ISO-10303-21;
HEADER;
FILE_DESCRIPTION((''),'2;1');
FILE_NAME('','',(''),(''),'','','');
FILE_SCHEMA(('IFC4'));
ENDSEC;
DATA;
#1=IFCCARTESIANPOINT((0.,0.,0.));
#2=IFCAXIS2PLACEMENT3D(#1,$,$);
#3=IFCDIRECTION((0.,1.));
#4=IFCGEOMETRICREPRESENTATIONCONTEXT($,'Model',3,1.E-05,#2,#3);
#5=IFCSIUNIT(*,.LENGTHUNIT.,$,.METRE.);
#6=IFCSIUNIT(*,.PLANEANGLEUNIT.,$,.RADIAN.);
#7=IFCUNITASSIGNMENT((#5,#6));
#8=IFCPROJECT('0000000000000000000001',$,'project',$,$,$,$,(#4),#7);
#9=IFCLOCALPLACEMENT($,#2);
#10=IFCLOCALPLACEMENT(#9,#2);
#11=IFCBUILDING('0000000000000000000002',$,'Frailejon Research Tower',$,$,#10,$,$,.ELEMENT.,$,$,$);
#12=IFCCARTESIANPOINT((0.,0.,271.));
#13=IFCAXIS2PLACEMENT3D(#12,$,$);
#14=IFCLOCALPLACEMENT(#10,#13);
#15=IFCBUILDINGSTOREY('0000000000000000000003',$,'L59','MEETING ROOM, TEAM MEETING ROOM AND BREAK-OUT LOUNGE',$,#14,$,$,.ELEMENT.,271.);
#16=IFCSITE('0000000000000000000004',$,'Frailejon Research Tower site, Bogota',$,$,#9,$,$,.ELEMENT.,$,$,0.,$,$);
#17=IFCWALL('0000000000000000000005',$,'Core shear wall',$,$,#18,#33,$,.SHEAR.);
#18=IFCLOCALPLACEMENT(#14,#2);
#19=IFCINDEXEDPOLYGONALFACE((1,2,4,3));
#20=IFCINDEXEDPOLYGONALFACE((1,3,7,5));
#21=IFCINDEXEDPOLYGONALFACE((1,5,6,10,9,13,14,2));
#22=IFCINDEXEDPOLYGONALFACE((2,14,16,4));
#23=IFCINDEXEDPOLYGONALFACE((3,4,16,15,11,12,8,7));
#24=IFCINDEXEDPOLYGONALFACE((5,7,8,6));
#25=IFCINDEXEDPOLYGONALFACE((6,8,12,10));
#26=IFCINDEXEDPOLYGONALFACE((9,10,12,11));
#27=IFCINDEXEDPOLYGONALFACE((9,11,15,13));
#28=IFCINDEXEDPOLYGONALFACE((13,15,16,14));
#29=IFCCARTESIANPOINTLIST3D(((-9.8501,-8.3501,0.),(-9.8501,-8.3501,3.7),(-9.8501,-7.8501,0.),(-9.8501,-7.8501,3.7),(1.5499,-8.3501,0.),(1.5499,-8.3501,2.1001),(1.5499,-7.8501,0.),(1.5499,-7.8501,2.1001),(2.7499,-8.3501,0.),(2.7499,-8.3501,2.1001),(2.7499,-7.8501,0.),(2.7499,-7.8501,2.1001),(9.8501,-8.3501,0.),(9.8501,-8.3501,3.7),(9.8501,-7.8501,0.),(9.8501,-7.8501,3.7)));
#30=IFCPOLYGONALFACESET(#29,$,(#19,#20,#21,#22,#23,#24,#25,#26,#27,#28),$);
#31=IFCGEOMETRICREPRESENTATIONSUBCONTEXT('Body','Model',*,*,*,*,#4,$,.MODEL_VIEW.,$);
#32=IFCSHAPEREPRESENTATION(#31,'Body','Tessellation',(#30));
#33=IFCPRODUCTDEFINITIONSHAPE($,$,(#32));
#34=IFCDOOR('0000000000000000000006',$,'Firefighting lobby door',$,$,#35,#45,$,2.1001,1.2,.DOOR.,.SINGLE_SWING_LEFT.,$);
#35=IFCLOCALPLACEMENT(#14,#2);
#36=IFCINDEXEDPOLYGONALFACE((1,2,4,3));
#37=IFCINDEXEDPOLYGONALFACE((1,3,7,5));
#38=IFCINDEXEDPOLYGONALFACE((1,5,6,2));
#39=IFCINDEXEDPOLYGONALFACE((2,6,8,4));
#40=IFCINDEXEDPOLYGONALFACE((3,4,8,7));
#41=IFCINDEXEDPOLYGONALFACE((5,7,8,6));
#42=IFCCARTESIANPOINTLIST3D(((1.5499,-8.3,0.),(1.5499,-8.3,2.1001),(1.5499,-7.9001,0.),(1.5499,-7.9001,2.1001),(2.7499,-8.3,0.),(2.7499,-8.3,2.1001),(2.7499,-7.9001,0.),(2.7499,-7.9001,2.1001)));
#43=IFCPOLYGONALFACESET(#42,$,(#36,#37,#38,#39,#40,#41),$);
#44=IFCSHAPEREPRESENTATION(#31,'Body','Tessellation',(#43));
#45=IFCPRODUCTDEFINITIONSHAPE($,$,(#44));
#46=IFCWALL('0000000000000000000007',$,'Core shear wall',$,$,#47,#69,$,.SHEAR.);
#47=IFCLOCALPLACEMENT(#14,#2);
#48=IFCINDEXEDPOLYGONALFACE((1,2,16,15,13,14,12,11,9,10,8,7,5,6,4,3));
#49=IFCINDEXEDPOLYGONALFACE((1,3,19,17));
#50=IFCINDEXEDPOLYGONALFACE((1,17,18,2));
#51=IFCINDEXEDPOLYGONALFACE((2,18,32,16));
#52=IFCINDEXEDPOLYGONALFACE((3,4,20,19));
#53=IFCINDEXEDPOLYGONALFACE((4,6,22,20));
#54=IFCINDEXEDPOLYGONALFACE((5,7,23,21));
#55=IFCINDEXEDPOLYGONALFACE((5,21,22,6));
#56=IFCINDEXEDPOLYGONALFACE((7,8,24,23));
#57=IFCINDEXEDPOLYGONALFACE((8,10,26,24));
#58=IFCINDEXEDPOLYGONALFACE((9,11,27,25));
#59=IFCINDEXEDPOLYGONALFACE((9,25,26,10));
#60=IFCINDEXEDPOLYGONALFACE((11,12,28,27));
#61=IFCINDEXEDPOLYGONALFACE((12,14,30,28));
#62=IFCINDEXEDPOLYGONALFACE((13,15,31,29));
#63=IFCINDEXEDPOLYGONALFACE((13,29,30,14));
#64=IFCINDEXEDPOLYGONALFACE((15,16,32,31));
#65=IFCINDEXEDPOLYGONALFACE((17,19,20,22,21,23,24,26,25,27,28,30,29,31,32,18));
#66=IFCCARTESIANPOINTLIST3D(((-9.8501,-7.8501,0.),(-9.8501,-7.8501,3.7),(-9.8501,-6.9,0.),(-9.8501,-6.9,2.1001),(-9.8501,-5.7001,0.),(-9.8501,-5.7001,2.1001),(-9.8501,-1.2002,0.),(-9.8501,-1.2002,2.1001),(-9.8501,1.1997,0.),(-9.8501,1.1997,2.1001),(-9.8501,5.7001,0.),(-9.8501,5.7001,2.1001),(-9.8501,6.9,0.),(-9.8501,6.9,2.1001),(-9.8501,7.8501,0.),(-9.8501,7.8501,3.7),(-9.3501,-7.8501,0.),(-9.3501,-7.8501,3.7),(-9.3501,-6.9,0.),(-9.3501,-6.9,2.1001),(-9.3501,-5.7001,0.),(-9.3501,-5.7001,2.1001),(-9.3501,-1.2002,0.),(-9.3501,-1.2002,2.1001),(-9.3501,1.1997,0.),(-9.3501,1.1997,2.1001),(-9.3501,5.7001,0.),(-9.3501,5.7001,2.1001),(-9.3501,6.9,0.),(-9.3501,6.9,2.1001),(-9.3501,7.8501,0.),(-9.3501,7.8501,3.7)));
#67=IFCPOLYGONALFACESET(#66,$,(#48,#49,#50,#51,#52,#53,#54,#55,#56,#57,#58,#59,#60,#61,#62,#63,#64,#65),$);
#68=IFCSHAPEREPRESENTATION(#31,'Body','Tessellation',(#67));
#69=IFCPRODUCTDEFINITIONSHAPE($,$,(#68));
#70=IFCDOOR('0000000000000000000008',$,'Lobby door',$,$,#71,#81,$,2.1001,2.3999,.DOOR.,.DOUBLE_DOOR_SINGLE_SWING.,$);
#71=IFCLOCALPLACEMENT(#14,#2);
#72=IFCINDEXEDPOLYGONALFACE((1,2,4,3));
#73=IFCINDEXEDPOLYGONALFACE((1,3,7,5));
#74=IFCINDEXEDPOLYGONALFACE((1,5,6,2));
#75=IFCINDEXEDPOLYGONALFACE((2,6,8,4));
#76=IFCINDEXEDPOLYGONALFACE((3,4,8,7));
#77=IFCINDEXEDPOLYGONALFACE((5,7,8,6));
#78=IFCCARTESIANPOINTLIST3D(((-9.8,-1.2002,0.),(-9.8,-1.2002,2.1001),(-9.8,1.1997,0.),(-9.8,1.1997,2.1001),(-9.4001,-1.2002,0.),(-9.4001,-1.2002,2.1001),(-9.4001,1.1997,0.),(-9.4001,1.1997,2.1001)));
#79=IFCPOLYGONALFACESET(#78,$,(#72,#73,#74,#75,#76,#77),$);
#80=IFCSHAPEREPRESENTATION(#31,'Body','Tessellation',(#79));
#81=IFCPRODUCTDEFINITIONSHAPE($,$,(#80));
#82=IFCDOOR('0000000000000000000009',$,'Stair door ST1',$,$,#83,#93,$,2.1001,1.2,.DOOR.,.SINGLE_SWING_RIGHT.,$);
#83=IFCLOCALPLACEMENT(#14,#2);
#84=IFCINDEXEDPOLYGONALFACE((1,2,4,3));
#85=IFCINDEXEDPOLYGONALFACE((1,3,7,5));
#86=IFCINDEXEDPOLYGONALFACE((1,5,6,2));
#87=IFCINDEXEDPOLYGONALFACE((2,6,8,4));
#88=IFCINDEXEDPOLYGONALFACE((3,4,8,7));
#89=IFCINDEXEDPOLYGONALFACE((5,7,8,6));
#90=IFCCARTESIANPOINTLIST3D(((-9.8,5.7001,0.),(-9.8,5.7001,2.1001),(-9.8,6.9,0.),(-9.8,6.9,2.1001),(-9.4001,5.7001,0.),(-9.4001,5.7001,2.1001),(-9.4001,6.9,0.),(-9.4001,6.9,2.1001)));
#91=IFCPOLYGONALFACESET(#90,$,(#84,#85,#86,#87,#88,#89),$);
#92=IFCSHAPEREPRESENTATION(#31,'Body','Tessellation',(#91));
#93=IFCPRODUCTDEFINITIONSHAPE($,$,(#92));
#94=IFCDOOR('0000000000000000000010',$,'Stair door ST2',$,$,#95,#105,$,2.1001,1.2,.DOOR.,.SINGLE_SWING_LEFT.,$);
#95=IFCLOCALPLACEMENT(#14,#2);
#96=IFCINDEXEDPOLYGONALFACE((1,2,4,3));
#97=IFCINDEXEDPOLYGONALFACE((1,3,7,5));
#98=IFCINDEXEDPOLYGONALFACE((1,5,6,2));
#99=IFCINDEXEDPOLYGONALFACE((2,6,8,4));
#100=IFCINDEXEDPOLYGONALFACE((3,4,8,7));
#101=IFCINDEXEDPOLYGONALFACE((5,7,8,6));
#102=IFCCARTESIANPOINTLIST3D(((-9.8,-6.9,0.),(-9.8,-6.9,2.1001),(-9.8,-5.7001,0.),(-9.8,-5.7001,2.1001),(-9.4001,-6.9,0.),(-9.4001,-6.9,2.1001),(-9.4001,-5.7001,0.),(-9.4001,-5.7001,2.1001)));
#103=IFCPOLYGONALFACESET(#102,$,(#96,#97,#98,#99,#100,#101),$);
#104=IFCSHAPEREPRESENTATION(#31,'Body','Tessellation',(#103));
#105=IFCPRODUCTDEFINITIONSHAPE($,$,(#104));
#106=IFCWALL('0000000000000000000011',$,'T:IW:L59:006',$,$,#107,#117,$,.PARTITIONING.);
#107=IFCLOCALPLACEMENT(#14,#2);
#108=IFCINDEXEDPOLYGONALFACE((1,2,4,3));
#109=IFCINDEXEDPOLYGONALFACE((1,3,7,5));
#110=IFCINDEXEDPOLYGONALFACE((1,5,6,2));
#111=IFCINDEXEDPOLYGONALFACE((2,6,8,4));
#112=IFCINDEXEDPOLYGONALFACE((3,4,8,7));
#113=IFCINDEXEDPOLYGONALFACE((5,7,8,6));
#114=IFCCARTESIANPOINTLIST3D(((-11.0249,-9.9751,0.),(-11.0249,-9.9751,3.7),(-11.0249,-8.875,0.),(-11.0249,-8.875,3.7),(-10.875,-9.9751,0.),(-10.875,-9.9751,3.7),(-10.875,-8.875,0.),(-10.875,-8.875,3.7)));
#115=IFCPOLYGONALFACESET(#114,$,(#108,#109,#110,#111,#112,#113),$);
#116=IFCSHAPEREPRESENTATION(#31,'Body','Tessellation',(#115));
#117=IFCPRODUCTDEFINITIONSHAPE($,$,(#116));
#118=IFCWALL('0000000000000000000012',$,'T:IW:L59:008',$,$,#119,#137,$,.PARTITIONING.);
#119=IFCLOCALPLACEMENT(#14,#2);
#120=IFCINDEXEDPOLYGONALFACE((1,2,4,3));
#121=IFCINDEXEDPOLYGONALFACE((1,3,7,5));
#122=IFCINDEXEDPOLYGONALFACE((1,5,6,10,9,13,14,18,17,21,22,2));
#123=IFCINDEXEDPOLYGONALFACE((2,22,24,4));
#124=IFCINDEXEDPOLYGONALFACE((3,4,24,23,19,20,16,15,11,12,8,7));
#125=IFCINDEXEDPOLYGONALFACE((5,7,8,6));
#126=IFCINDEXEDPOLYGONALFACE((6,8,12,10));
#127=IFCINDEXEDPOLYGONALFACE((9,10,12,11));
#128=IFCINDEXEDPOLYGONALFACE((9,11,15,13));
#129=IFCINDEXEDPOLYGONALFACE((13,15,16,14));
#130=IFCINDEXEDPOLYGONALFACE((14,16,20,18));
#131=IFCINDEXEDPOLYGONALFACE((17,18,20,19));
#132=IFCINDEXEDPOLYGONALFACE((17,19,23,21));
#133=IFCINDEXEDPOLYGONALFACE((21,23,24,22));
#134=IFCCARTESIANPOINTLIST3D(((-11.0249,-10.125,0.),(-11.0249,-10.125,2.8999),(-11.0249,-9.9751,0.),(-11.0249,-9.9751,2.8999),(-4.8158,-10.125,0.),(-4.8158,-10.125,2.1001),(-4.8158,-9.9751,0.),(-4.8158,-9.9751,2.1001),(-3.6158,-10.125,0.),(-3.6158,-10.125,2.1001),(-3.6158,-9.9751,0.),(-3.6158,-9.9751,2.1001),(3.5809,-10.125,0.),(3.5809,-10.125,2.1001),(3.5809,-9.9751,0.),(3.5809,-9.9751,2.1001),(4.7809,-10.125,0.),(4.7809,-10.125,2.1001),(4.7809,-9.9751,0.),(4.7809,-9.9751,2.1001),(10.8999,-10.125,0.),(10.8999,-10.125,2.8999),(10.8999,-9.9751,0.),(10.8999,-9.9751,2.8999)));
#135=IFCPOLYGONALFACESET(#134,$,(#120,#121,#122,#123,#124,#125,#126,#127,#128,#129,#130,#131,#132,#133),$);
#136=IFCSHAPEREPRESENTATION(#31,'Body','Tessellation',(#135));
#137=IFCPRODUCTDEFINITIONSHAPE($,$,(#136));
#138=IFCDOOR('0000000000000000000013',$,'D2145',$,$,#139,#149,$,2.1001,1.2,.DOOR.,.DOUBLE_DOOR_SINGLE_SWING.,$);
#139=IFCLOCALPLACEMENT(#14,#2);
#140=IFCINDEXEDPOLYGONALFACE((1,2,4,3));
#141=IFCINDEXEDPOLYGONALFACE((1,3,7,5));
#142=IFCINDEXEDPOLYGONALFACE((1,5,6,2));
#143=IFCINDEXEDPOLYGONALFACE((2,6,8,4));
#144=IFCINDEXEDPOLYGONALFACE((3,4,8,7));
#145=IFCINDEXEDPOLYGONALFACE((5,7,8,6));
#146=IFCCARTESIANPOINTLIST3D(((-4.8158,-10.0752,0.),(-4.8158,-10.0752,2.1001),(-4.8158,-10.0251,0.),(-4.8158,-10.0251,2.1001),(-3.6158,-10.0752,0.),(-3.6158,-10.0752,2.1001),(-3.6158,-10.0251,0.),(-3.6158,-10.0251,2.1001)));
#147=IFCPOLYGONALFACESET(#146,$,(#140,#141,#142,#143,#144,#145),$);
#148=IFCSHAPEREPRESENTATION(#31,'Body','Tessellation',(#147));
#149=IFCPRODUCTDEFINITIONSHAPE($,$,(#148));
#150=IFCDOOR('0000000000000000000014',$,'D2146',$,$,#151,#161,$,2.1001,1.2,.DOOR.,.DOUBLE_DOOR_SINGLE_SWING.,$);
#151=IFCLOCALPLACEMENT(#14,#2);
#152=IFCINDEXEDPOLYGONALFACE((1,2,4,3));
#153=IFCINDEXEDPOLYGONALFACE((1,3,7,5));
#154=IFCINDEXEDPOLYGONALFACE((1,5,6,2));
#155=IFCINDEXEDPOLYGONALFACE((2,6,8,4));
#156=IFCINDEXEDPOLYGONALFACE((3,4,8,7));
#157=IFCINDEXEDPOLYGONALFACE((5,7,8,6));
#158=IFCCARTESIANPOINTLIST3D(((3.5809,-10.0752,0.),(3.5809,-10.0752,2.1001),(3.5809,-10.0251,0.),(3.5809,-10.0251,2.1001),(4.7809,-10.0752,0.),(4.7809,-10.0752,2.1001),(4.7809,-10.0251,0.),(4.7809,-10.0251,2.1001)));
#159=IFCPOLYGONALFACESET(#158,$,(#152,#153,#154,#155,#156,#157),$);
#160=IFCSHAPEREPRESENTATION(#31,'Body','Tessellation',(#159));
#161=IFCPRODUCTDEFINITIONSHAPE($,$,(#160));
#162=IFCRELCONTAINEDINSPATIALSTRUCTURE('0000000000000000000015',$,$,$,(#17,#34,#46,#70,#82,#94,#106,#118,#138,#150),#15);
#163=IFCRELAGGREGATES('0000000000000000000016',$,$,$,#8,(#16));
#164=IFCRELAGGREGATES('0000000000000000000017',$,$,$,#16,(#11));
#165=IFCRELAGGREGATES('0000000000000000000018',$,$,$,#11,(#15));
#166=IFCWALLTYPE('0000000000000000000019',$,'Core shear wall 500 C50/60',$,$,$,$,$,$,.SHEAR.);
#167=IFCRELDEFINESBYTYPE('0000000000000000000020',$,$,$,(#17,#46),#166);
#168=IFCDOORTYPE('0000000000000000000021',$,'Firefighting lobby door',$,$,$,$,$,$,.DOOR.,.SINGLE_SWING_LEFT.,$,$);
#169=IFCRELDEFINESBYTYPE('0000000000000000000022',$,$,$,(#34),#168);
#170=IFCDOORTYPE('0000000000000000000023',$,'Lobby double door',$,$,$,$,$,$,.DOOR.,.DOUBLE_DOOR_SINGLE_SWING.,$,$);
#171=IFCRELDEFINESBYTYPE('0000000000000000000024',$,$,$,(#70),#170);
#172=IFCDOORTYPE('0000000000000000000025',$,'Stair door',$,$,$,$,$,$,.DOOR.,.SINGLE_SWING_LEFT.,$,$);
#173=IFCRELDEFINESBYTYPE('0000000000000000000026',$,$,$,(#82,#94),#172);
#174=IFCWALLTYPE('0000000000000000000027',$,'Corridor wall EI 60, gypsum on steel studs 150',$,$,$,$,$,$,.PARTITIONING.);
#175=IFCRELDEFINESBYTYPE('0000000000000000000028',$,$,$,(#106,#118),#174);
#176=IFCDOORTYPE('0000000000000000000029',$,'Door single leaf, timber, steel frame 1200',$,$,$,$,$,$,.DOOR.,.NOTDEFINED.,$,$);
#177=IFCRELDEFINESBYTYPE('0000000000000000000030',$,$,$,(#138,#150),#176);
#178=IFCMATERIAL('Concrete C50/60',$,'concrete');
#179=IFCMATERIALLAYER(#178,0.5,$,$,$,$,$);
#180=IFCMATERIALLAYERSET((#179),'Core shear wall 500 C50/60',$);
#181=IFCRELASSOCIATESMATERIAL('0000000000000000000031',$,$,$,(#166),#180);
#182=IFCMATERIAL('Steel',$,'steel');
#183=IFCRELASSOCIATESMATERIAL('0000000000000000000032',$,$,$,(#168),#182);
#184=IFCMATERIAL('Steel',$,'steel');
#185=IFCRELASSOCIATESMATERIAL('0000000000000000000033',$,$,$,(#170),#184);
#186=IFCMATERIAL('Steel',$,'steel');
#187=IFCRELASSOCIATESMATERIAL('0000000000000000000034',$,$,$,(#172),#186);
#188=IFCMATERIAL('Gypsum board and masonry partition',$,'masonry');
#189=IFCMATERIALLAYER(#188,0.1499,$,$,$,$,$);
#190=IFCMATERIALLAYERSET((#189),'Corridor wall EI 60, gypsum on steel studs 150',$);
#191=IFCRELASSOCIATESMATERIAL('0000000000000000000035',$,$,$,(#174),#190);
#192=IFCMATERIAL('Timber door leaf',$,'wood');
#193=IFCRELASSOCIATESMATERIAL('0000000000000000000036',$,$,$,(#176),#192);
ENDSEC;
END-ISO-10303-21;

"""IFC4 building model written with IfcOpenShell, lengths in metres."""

from ifc_helpers import new_model, si_unit, direction, frame, frame_2d, origin, place, context, subcontext, project, spatial, rectangle, extrude, material, layer, layer_set, type_object, element, fill, save


model = new_model("IFC4")

# Units and contexts
model_context = context("Model", 3, precision=1e-05, world=origin(), true_north=direction((0.0, 1.0)))
body_context = subcontext(model_context, "Body", "Model", "MODEL_VIEW")
ifc_project = project(units=[si_unit("LENGTHUNIT", "METRE"), si_unit("PLANEANGLEUNIT", "RADIAN")], contexts=[model_context])

# Site, building, storey
site_placement = place(None, origin())
site = spatial("IfcSite", under=ifc_project, at=site_placement, Name="Frailejon Research Tower site, Bogota", CompositionType="ELEMENT", RefElevation=0.0)
building_placement = place(site_placement, origin())
building = spatial("IfcBuilding", under=site, at=building_placement, Name="Frailejon Research Tower", CompositionType="ELEMENT")
storey_placement = place(building_placement, frame((0.0, 0.0, 271.0)))
storey = spatial("IfcBuildingStorey", under=building, at=storey_placement, Name="L59", Description="MEETING ROOM, TEAM MEETING ROOM AND BREAK-OUT LOUNGE", CompositionType="ELEMENT", Elevation=271.0)

# Wall, opening, door
ifc_material_1 = material(Name="Concrete C50/60", Category="concrete")
ifc_layer_1 = layer(ifc_material_1, 0.5)
ifc_layer_set_1 = layer_set([ifc_layer_1], Name="Core shear wall 500 C50/60")
wall_type_1 = type_object("IfcWallType", Name="Core shear wall 500 C50/60", PredefinedType="SHEAR", material=ifc_layer_set_1)
wall_1_placement = place(storey_placement, frame((-9.8501, -8.1001, 0.0), z_axis=(0.0, 0.0, 1.0), x_axis=(1.0, 0.0, 0.0)))
wall_1 = element("IfcWall", 1, at=wall_1_placement, inside=storey, type_object=wall_type_1, Name="Core shear wall", PredefinedType="SHEAR", context=body_context, shape_type="SweptSolid", body=[
    extrude(rectangle(XDim=19.7002, YDim=0.5, at=frame_2d((9.8501, 0.0))), origin(), (0.0, 0.0, 1.0), 3.7),
])
opening_1_placement = place(wall_1_placement, frame((11.3999, 0.0, 0.0)))
opening_1 = element("IfcOpeningElement", 2, at=opening_1_placement, cuts=wall_1, PredefinedType="OPENING", context=body_context, shape_type="SweptSolid", body=[
    extrude(rectangle(XDim=1.2, YDim=2.1001, at=frame_2d((0.6001, 1.05))), frame((0.0, 0.26, 0.0), z_axis=(0.0, -1.0, 0.0), x_axis=(1.0, 0.0, 0.0)), (0.0, 0.0, 1.0), 0.52),
])
ifc_material_2 = material(Name="Steel", Category="steel")
door_type_1 = type_object("IfcDoorType", Name="Firefighting lobby door", OperationType="SINGLE_SWING_LEFT", PredefinedType="DOOR", material=ifc_material_2)
door_1_placement = place(opening_1_placement, origin())
door_1 = element("IfcDoor", 3, at=door_1_placement, inside=storey, type_object=door_type_1, Name="Firefighting lobby door", OperationType="SINGLE_SWING_LEFT", OverallHeight=2.1001, OverallWidth=1.2, PredefinedType="DOOR", context=body_context, shape_type="SweptSolid", body=[
    extrude(rectangle(XDim=1.2, YDim=2.1001, at=frame_2d((0.6001, 1.05))), frame((0.0, 0.2, 0.0), z_axis=(0.0, -1.0, 0.0), x_axis=(1.0, 0.0, 0.0)), (0.0, 0.0, 1.0), 0.3999),
])
fill(opening_1, door_1)

# Wall, openings, doors
wall_2_placement = place(storey_placement, frame((-9.6001, -7.8501, 0.0), z_axis=(0.0, 0.0, 1.0), x_axis=(0.0, 1.0, 0.0)))
wall_2 = element("IfcWall", 4, at=wall_2_placement, inside=storey, type_object=wall_type_1, Name="Core shear wall", PredefinedType="SHEAR", context=body_context, shape_type="SweptSolid", body=[
    extrude(rectangle(XDim=15.7002, YDim=0.5, at=frame_2d((7.8501, 0.0))), origin(), (0.0, 0.0, 1.0), 3.7),
])
opening_2_placement = place(wall_2_placement, frame((6.6499, 0.0, 0.0)))
opening_2 = element("IfcOpeningElement", 5, at=opening_2_placement, cuts=wall_2, PredefinedType="OPENING", context=body_context, shape_type="SweptSolid", body=[
    extrude(rectangle(XDim=2.3999, YDim=2.1001, at=frame_2d((1.2, 1.05))), frame((0.0, 0.26, 0.0), z_axis=(0.0, -1.0, 0.0), x_axis=(1.0, 0.0, 0.0)), (0.0, 0.0, 1.0), 0.52),
])
opening_3_placement = place(wall_2_placement, frame((13.55, 0.0, 0.0)))
opening_3 = element("IfcOpeningElement", 6, at=opening_3_placement, cuts=wall_2, PredefinedType="OPENING", context=body_context, shape_type="SweptSolid", body=[
    extrude(rectangle(XDim=1.2, YDim=2.1001, at=frame_2d((0.6001, 1.05))), frame((0.0, 0.26, 0.0), z_axis=(0.0, -1.0, 0.0), x_axis=(1.0, 0.0, 0.0)), (0.0, 0.0, 1.0), 0.52),
])
opening_4_placement = place(wall_2_placement, frame((0.95, 0.0, 0.0)))
opening_4 = element("IfcOpeningElement", 7, at=opening_4_placement, cuts=wall_2, PredefinedType="OPENING", context=body_context, shape_type="SweptSolid", body=[
    extrude(rectangle(XDim=1.2, YDim=2.1001, at=frame_2d((0.6001, 1.05))), frame((0.0, 0.26, 0.0), z_axis=(0.0, -1.0, 0.0), x_axis=(1.0, 0.0, 0.0)), (0.0, 0.0, 1.0), 0.52),
])
ifc_material_3 = material(Name="Steel", Category="steel")
door_type_2 = type_object("IfcDoorType", Name="Lobby double door", OperationType="DOUBLE_DOOR_SINGLE_SWING", PredefinedType="DOOR", material=ifc_material_3)
door_2_placement = place(opening_2_placement, origin())
door_2 = element("IfcDoor", 8, at=door_2_placement, inside=storey, type_object=door_type_2, Name="Lobby door", OperationType="DOUBLE_DOOR_SINGLE_SWING", OverallHeight=2.1001, OverallWidth=2.3999, PredefinedType="DOOR", context=body_context, shape_type="SweptSolid", body=[
    extrude(rectangle(XDim=2.3999, YDim=2.1001, at=frame_2d((1.2, 1.05))), frame((0.0, 0.2, 0.0), z_axis=(0.0, -1.0, 0.0), x_axis=(1.0, 0.0, 0.0)), (0.0, 0.0, 1.0), 0.3999),
])
fill(opening_2, door_2)
ifc_material_4 = material(Name="Steel", Category="steel")
door_type_3 = type_object("IfcDoorType", Name="Stair door", OperationType="SINGLE_SWING_LEFT", PredefinedType="DOOR", material=ifc_material_4)
door_3_placement = place(opening_3_placement, origin())
door_3 = element("IfcDoor", 9, at=door_3_placement, inside=storey, type_object=door_type_3, Name="Stair door ST1", OperationType="SINGLE_SWING_RIGHT", OverallHeight=2.1001, OverallWidth=1.2, PredefinedType="DOOR", context=body_context, shape_type="SweptSolid", body=[
    extrude(rectangle(XDim=1.2, YDim=2.1001, at=frame_2d((0.6001, 1.05))), frame((0.0, 0.2, 0.0), z_axis=(0.0, -1.0, 0.0), x_axis=(1.0, 0.0, 0.0)), (0.0, 0.0, 1.0), 0.3999),
])
fill(opening_3, door_3)
door_4_placement = place(opening_4_placement, origin())
door_4 = element("IfcDoor", 10, at=door_4_placement, inside=storey, type_object=door_type_3, Name="Stair door ST2", OperationType="SINGLE_SWING_LEFT", OverallHeight=2.1001, OverallWidth=1.2, PredefinedType="DOOR", context=body_context, shape_type="SweptSolid", body=[
    extrude(rectangle(XDim=1.2, YDim=2.1001, at=frame_2d((0.6001, 1.05))), frame((0.0, 0.2, 0.0), z_axis=(0.0, -1.0, 0.0), x_axis=(1.0, 0.0, 0.0)), (0.0, 0.0, 1.0), 0.3999),
])
fill(opening_4, door_4)

# Wall
ifc_material_5 = material(Name="Gypsum board and masonry partition", Category="masonry")
ifc_layer_2 = layer(ifc_material_5, 0.1499)
ifc_layer_set_2 = layer_set([ifc_layer_2], Name="Corridor wall EI 60, gypsum on steel studs 150")
wall_type_2 = type_object("IfcWallType", Name="Corridor wall EI 60, gypsum on steel studs 150", PredefinedType="PARTITIONING", material=ifc_layer_set_2)
wall_3_placement = place(storey_placement, frame((-10.95, -9.9751, 0.0), z_axis=(0.0, 0.0, 1.0), x_axis=(0.0, 1.0, 0.0)))
element("IfcWall", 11, at=wall_3_placement, inside=storey, type_object=wall_type_2, Name="T:IW:L59:006", PredefinedType="PARTITIONING", context=body_context, shape_type="SweptSolid", body=[
    extrude(rectangle(XDim=1.1001, YDim=0.1499, at=frame_2d((0.55, 0.0))), origin(), (0.0, 0.0, 1.0), 3.7),
])

# Wall, openings, doors
wall_4_placement = place(storey_placement, frame((-11.0249, -10.05, 0.0), z_axis=(0.0, 0.0, 1.0), x_axis=(1.0, 0.0, 0.0)))
wall_4 = element("IfcWall", 12, at=wall_4_placement, inside=storey, type_object=wall_type_2, Name="T:IW:L59:008", PredefinedType="PARTITIONING", context=body_context, shape_type="SweptSolid", body=[
    extrude(rectangle(XDim=21.9248, YDim=0.1499, at=frame_2d((10.9624, 0.0))), origin(), (0.0, 0.0, 1.0), 2.8999),
])
opening_5_placement = place(wall_4_placement, frame((6.209, 0.0, 0.0)))
opening_5 = element("IfcOpeningElement", 13, at=opening_5_placement, cuts=wall_4, PredefinedType="OPENING", context=body_context, shape_type="SweptSolid", body=[
    extrude(rectangle(XDim=1.2, YDim=2.1001, at=frame_2d((0.6001, 1.05))), frame((0.0, 0.085, 0.0), z_axis=(0.0, -1.0, 0.0), x_axis=(1.0, 0.0, 0.0)), (0.0, 0.0, 1.0), 0.1699),
])
opening_6_placement = place(wall_4_placement, frame((14.6057, 0.0, 0.0)))
opening_6 = element("IfcOpeningElement", 14, at=opening_6_placement, cuts=wall_4, PredefinedType="OPENING", context=body_context, shape_type="SweptSolid", body=[
    extrude(rectangle(XDim=1.2, YDim=2.1001, at=frame_2d((0.6001, 1.05))), frame((0.0, 0.085, 0.0), z_axis=(0.0, -1.0, 0.0), x_axis=(1.0, 0.0, 0.0)), (0.0, 0.0, 1.0), 0.1699),
])
ifc_material_6 = material(Name="Timber door leaf", Category="wood")
door_type_4 = type_object("IfcDoorType", Name="Door single leaf, timber, steel frame 1200", OperationType="NOTDEFINED", PredefinedType="DOOR", material=ifc_material_6)
door_5_placement = place(opening_5_placement, origin())
door_5 = element("IfcDoor", 15, at=door_5_placement, inside=storey, type_object=door_type_4, Name="D2145", OperationType="DOUBLE_DOOR_SINGLE_SWING", OverallHeight=2.1001, OverallWidth=1.2, PredefinedType="DOOR", context=body_context, shape_type="SweptSolid", body=[
    extrude(rectangle(XDim=1.2, YDim=2.1001, at=frame_2d((0.6001, 1.05))), frame((0.0, 0.0249, 0.0), z_axis=(0.0, -1.0, 0.0), x_axis=(1.0, 0.0, 0.0)), (0.0, 0.0, 1.0), 0.05),
])
fill(opening_5, door_5)
door_6_placement = place(opening_6_placement, origin())
door_6 = element("IfcDoor", 16, at=door_6_placement, inside=storey, type_object=door_type_4, Name="D2146", OperationType="DOUBLE_DOOR_SINGLE_SWING", OverallHeight=2.1001, OverallWidth=1.2, PredefinedType="DOOR", context=body_context, shape_type="SweptSolid", body=[
    extrude(rectangle(XDim=1.2, YDim=2.1001, at=frame_2d((0.6001, 1.05))), frame((0.0, 0.0249, 0.0), z_axis=(0.0, -1.0, 0.0), x_axis=(1.0, 0.0, 0.0)), (0.0, 0.0, 1.0), 0.05),
])
fill(opening_6, door_6)

save(model, "model.ifc")
